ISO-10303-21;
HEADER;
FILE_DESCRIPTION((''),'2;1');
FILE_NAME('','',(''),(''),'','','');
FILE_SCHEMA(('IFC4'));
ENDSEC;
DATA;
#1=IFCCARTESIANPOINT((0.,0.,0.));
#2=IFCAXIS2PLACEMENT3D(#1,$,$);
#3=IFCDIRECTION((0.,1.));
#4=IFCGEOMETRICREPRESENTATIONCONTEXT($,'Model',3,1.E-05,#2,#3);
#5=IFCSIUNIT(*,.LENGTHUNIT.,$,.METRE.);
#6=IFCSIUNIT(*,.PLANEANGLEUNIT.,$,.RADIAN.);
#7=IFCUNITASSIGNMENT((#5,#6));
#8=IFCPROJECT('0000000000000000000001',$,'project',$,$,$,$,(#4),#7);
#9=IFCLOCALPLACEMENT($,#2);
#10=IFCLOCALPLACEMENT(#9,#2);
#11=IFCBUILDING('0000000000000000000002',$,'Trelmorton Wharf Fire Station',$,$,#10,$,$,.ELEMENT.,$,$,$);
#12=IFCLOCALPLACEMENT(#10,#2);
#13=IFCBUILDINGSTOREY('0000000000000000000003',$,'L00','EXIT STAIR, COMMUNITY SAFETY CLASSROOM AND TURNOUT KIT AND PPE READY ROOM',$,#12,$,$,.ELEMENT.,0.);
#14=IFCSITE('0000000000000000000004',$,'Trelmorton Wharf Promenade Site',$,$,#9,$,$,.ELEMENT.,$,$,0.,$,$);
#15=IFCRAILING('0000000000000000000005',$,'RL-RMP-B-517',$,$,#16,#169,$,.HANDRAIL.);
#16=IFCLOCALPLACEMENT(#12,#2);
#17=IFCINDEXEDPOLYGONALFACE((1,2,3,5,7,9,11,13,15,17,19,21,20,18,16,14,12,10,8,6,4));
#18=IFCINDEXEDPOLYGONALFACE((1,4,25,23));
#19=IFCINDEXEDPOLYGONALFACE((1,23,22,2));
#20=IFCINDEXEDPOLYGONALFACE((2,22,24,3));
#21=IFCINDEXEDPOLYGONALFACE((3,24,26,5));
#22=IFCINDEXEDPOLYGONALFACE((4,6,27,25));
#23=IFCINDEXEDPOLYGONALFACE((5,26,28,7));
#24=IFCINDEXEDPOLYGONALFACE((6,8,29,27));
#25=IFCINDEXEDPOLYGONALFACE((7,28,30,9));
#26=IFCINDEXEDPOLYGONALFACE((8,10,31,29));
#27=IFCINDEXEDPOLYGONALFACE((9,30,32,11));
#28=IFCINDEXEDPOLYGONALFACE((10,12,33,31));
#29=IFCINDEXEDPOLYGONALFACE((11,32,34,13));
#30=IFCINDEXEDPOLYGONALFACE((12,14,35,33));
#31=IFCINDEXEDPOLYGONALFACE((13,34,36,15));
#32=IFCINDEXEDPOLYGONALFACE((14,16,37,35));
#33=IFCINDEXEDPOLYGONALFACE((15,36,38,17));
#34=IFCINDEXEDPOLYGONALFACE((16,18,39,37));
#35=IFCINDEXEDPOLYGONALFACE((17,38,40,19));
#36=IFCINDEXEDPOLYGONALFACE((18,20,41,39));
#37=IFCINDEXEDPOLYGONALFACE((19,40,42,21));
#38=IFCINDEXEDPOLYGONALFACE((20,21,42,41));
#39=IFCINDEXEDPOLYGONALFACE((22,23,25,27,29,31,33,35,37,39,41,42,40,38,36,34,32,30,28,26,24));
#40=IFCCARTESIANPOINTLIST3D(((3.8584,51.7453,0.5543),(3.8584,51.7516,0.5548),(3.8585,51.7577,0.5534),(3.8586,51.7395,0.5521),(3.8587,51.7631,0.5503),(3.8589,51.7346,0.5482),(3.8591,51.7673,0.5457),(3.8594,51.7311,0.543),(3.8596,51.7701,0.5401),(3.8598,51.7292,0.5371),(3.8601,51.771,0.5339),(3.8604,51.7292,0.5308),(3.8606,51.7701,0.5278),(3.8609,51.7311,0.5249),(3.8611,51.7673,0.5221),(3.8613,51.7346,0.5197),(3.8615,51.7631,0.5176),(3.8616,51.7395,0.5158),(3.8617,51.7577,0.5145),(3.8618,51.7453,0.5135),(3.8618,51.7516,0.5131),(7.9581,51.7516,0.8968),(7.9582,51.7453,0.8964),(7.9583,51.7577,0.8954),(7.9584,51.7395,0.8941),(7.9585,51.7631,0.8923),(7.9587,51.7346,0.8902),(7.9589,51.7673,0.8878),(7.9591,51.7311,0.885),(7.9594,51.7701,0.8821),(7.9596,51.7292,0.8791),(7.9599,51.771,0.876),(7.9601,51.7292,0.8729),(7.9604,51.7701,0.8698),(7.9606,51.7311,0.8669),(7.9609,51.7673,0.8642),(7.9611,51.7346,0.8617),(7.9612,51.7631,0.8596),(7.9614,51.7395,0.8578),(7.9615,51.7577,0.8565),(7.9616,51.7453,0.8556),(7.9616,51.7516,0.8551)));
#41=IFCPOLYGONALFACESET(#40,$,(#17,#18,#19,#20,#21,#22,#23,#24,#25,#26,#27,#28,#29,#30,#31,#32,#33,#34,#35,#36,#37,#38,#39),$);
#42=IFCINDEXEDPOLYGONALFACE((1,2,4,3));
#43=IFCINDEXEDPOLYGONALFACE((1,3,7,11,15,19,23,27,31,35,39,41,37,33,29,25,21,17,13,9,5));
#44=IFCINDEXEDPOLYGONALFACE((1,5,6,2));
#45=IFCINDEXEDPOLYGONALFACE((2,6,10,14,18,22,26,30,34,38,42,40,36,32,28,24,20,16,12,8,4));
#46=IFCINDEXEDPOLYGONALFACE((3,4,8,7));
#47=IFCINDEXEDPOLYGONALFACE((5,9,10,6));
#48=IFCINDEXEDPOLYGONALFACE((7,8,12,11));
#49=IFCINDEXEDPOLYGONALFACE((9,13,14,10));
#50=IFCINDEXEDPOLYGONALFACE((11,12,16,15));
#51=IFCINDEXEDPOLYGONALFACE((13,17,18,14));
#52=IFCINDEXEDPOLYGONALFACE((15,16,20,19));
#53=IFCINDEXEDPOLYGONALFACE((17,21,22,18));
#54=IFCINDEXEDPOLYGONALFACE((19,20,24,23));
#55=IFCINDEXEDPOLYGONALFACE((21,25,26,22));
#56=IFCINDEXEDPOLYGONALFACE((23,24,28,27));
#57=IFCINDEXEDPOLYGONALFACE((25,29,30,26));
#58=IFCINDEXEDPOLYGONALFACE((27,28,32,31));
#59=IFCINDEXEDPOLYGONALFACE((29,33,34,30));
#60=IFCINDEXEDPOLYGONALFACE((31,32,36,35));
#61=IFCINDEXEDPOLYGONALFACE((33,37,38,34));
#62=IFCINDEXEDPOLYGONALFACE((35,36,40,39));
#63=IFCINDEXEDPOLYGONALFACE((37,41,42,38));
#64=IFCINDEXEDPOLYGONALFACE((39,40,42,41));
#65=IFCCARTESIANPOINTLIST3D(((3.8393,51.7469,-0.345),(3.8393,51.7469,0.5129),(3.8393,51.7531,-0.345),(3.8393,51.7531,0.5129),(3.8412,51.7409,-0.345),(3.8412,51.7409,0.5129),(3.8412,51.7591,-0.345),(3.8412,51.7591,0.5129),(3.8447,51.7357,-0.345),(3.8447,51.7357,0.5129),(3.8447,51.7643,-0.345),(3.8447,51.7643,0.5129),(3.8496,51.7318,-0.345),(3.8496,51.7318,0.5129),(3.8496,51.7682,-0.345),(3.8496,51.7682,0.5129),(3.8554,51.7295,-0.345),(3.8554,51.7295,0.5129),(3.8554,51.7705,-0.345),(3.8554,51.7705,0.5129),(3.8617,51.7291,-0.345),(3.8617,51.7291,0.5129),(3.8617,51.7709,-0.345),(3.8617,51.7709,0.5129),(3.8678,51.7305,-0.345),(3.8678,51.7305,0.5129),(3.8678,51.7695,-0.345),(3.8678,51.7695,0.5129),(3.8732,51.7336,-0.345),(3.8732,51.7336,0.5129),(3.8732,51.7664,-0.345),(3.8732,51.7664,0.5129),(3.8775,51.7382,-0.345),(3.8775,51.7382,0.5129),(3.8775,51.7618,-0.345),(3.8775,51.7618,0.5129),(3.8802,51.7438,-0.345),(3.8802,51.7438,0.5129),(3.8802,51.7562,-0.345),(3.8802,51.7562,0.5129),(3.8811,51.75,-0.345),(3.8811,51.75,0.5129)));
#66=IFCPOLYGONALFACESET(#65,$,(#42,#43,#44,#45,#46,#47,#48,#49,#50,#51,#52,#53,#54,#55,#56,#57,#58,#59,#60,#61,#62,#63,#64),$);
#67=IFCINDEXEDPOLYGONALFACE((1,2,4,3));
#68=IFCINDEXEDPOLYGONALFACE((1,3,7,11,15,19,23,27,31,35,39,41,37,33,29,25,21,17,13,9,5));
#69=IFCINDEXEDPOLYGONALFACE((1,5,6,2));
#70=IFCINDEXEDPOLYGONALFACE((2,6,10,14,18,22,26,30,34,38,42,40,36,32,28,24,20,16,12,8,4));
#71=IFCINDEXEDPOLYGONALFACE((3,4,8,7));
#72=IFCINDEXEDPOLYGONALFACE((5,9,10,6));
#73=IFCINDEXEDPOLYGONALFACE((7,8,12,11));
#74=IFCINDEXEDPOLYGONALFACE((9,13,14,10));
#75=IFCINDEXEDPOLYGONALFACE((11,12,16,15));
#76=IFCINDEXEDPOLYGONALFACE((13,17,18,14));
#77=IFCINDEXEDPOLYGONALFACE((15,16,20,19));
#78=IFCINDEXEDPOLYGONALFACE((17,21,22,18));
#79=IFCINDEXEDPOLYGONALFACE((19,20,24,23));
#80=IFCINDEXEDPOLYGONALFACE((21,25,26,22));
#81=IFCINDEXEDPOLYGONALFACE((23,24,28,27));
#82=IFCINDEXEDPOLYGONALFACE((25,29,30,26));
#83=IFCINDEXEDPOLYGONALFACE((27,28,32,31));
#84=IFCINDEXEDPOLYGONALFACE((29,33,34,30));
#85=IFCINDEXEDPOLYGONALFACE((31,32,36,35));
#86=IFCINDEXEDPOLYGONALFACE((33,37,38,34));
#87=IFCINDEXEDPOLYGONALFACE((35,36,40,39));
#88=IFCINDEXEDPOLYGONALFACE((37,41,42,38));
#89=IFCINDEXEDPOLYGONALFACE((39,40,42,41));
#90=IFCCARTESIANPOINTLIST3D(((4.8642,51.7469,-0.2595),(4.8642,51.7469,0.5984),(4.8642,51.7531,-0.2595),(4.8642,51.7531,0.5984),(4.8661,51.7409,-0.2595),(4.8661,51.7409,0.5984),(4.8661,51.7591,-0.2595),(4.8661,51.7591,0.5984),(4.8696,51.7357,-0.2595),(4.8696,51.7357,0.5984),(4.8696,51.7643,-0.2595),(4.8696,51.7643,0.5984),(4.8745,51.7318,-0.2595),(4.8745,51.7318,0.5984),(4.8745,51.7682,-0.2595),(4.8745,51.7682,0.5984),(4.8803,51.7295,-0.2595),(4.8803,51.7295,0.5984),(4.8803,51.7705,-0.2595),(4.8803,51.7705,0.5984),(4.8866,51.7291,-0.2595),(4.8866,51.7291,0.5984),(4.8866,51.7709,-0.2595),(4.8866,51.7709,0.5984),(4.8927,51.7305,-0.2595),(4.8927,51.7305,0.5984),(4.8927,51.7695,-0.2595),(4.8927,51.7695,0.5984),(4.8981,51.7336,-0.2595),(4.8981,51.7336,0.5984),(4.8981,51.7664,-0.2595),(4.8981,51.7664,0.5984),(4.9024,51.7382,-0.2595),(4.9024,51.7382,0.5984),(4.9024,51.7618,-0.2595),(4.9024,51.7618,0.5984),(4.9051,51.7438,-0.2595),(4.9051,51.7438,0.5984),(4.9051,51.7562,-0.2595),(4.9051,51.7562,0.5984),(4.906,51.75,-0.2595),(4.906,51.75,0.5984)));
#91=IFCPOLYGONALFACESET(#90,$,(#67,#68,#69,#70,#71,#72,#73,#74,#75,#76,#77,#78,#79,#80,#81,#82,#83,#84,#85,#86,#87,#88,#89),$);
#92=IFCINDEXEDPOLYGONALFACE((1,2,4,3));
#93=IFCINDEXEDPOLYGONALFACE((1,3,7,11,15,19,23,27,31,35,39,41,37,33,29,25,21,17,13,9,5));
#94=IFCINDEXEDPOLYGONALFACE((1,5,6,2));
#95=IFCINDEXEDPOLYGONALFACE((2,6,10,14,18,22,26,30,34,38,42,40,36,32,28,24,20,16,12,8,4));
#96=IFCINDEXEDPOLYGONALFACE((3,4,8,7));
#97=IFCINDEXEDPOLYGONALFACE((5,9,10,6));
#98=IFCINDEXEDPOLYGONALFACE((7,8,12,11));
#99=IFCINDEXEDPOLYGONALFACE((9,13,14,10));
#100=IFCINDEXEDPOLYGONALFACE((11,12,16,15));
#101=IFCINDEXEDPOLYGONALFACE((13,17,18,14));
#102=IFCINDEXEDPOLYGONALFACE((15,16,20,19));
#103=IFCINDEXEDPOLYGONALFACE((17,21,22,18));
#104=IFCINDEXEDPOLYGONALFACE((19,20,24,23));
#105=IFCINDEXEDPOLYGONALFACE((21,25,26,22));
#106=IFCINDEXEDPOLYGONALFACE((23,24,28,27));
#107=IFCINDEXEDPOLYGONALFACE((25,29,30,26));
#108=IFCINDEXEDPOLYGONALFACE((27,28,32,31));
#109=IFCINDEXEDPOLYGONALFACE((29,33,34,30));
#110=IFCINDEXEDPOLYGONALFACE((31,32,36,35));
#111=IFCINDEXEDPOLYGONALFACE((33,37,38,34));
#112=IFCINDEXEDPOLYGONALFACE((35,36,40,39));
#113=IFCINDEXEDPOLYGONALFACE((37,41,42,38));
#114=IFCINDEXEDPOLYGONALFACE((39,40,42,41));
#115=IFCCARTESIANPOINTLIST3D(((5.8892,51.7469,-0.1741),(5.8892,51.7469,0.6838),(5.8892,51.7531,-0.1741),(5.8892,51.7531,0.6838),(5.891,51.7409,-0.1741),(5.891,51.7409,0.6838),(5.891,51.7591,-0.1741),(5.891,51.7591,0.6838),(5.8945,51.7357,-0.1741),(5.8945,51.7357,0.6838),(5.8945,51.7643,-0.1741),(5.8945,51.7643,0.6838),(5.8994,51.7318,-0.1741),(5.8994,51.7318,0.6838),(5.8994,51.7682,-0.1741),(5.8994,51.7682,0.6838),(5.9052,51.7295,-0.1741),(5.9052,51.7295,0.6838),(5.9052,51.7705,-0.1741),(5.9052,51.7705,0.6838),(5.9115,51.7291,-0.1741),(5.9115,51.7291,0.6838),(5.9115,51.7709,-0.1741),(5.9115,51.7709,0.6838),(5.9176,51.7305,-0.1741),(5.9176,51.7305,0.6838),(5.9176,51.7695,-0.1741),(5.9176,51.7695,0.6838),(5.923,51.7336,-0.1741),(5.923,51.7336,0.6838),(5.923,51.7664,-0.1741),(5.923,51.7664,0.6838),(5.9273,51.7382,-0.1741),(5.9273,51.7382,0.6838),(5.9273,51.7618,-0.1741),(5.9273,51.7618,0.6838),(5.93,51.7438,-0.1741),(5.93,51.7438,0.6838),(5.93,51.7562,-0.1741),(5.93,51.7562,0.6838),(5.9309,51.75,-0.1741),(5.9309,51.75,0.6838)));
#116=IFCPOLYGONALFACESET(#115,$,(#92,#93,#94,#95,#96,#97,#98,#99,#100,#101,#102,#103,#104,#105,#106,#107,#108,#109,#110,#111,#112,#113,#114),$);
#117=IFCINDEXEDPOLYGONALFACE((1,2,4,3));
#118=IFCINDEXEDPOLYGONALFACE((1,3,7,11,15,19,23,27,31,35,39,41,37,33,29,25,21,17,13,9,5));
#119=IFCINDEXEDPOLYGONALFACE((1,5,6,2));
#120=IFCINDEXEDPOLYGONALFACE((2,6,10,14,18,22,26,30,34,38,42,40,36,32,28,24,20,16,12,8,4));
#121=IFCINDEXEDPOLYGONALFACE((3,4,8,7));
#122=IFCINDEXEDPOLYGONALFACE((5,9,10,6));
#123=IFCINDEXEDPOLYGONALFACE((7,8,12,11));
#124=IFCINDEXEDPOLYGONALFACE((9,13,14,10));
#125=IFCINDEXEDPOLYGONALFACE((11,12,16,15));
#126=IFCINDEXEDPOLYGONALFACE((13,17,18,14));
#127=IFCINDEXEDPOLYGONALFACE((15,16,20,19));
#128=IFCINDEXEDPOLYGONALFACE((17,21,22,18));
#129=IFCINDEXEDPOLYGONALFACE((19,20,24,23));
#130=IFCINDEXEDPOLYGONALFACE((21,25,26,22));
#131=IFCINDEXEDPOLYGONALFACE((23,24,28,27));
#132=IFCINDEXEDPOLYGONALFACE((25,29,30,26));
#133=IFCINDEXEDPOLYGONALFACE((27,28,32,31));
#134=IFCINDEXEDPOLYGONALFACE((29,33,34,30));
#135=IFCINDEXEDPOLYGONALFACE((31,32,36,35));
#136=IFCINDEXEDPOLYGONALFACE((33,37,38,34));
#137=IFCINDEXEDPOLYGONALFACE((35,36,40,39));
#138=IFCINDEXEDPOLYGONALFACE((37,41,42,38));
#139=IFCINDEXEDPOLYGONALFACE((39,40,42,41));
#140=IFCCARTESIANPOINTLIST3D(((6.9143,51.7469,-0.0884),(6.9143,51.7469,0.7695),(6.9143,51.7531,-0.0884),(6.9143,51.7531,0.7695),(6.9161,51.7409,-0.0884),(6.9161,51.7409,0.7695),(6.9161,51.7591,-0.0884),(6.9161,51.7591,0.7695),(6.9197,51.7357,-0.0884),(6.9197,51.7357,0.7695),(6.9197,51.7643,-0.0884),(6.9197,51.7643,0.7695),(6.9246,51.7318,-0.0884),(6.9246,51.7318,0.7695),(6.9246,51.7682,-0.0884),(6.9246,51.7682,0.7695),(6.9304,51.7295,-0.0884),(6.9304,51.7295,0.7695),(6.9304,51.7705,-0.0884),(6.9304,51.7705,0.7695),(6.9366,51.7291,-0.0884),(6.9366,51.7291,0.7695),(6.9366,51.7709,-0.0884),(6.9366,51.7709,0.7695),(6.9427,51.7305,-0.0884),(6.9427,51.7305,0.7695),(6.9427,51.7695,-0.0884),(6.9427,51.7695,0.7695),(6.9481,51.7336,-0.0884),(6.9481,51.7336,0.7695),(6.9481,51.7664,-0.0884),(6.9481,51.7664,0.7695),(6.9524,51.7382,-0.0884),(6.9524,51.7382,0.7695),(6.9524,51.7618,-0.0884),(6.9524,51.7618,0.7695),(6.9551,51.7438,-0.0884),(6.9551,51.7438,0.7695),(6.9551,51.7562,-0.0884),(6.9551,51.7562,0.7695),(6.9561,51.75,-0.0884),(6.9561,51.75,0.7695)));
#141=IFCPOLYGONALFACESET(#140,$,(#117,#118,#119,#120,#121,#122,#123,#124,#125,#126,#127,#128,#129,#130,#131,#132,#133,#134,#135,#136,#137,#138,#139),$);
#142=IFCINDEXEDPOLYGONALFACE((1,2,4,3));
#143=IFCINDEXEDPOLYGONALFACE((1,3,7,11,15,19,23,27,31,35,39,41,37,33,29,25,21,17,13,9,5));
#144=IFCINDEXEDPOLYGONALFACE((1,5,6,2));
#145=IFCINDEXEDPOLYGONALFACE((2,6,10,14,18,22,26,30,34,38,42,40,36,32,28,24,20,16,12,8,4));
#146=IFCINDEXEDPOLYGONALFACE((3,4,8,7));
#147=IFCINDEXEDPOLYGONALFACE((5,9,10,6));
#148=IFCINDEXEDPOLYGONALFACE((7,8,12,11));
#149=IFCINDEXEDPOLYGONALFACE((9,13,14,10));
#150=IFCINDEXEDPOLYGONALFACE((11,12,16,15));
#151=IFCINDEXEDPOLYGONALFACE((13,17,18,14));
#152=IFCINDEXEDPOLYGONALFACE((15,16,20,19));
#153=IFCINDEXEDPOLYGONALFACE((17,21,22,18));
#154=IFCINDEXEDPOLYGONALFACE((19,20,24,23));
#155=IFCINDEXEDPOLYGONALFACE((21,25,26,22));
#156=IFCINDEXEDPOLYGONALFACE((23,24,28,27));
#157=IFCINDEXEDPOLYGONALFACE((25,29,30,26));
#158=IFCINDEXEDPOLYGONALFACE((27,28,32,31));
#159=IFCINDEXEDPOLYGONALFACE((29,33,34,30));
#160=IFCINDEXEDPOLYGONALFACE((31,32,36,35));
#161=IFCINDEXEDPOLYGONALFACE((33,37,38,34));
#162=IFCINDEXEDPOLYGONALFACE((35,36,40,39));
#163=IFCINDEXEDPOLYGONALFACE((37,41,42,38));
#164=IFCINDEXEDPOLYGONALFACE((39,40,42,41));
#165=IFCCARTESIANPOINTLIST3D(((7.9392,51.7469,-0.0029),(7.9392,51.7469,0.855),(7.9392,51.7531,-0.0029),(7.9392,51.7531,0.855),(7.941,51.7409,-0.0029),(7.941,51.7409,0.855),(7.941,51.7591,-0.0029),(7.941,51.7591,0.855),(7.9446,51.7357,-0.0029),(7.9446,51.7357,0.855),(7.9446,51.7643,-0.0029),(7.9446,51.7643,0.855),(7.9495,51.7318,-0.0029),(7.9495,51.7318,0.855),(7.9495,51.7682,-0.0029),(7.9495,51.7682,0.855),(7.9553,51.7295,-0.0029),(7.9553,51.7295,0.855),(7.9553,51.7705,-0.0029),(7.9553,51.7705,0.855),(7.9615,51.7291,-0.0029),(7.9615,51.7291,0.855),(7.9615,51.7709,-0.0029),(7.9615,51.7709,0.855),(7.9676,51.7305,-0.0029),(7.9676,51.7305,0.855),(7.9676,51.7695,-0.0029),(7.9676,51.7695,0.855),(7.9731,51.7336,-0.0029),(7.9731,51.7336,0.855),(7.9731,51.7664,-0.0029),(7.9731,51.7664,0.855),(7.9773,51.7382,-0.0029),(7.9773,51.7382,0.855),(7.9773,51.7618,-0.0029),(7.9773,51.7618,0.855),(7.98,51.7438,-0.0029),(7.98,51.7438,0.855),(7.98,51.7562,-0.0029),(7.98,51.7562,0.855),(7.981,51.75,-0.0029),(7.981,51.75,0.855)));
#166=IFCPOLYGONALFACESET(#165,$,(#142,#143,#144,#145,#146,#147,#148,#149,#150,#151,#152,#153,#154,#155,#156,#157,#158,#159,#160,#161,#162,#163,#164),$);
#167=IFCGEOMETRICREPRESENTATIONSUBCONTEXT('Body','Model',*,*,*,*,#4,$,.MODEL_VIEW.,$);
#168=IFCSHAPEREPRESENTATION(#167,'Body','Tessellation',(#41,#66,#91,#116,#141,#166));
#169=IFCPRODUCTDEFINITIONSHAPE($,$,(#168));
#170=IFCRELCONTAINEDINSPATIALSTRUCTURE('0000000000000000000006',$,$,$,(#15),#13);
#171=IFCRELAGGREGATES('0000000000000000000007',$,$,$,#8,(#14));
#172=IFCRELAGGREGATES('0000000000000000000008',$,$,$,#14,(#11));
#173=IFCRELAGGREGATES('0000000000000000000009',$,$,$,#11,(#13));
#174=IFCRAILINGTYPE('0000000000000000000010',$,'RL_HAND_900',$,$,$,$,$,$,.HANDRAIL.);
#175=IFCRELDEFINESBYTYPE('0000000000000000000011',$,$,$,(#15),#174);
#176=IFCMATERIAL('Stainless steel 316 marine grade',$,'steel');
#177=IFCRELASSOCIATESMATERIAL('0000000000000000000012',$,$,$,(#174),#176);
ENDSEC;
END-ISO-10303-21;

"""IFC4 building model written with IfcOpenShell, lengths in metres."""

from ifc_helpers import new_model, si_unit, direction, frame, origin, origin_2d, place, context, subcontext, project, spatial, circle, extrude, material, type_object, element, save


model = new_model("IFC4")

# Units and contexts
model_context = context("Model", 3, precision=1e-05, world=origin(), true_north=direction((0.0, 1.0)))
body_context = subcontext(model_context, "Body", "Model", "MODEL_VIEW")
ifc_project = project(units=[si_unit("LENGTHUNIT", "METRE"), si_unit("PLANEANGLEUNIT", "RADIAN")], contexts=[model_context])

# Site, building, storey
site_placement = place(None, origin())
site = spatial("IfcSite", under=ifc_project, at=site_placement, Name="Trelmorton Wharf Promenade Site", CompositionType="ELEMENT", RefElevation=0.0)
building_placement = place(site_placement, origin())
building = spatial("IfcBuilding", under=site, at=building_placement, Name="Trelmorton Wharf Fire Station", CompositionType="ELEMENT")
storey_placement = place(building_placement, origin())
storey = spatial("IfcBuildingStorey", under=building, at=storey_placement, Name="L00", Description="EXIT STAIR, COMMUNITY SAFETY CLASSROOM AND TURNOUT KIT AND PPE READY ROOM", CompositionType="ELEMENT", Elevation=0.0)

# Railing
ifc_material_1 = material(Name="Stainless steel 316 marine grade", Category="steel")
railing_type_1 = type_object("IfcRailingType", Name="RL_HAND_900", PredefinedType="HANDRAIL", material=ifc_material_1)
for number, where, name in (
    (1, (3.8601, 51.75, -0.345), "RL-RMP-B-517"),
):
    element("IfcRailing", number, at=place(storey_placement, frame(where)), inside=storey, type_object=railing_type_1, Name=name, PredefinedType="HANDRAIL", context=body_context, shape_type="SweptSolid", body=[
        extrude(circle(Radius=0.021, at=origin_2d()), frame((0.0, 0.0, 0.8789), z_axis=(0.996538, 0.0, 0.083139), x_axis=(0.0, 1.0, 0.0)), (0.0, 0.0, 1.0), 4.114),
        extrude(circle(Radius=0.021, at=origin_2d()), origin(), (0.0, 0.0, 1.0), 0.8579),
        extrude(circle(Radius=0.021, at=origin_2d()), frame((1.0249, 0.0, 0.0854)), (0.0, 0.0, 1.0), 0.8579),
        extrude(circle(Radius=0.021, at=origin_2d()), frame((2.0498, 0.0, 0.1709)), (0.0, 0.0, 1.0), 0.8579),
        extrude(circle(Radius=0.021, at=origin_2d()), frame((3.075, 0.0, 0.2566)), (0.0, 0.0, 1.0), 0.8579),
        extrude(circle(Radius=0.021, at=origin_2d()), frame((4.0999, 0.0, 0.342)), (0.0, 0.0, 1.0), 0.8579),
    ])

save(model, "model.ifc")
